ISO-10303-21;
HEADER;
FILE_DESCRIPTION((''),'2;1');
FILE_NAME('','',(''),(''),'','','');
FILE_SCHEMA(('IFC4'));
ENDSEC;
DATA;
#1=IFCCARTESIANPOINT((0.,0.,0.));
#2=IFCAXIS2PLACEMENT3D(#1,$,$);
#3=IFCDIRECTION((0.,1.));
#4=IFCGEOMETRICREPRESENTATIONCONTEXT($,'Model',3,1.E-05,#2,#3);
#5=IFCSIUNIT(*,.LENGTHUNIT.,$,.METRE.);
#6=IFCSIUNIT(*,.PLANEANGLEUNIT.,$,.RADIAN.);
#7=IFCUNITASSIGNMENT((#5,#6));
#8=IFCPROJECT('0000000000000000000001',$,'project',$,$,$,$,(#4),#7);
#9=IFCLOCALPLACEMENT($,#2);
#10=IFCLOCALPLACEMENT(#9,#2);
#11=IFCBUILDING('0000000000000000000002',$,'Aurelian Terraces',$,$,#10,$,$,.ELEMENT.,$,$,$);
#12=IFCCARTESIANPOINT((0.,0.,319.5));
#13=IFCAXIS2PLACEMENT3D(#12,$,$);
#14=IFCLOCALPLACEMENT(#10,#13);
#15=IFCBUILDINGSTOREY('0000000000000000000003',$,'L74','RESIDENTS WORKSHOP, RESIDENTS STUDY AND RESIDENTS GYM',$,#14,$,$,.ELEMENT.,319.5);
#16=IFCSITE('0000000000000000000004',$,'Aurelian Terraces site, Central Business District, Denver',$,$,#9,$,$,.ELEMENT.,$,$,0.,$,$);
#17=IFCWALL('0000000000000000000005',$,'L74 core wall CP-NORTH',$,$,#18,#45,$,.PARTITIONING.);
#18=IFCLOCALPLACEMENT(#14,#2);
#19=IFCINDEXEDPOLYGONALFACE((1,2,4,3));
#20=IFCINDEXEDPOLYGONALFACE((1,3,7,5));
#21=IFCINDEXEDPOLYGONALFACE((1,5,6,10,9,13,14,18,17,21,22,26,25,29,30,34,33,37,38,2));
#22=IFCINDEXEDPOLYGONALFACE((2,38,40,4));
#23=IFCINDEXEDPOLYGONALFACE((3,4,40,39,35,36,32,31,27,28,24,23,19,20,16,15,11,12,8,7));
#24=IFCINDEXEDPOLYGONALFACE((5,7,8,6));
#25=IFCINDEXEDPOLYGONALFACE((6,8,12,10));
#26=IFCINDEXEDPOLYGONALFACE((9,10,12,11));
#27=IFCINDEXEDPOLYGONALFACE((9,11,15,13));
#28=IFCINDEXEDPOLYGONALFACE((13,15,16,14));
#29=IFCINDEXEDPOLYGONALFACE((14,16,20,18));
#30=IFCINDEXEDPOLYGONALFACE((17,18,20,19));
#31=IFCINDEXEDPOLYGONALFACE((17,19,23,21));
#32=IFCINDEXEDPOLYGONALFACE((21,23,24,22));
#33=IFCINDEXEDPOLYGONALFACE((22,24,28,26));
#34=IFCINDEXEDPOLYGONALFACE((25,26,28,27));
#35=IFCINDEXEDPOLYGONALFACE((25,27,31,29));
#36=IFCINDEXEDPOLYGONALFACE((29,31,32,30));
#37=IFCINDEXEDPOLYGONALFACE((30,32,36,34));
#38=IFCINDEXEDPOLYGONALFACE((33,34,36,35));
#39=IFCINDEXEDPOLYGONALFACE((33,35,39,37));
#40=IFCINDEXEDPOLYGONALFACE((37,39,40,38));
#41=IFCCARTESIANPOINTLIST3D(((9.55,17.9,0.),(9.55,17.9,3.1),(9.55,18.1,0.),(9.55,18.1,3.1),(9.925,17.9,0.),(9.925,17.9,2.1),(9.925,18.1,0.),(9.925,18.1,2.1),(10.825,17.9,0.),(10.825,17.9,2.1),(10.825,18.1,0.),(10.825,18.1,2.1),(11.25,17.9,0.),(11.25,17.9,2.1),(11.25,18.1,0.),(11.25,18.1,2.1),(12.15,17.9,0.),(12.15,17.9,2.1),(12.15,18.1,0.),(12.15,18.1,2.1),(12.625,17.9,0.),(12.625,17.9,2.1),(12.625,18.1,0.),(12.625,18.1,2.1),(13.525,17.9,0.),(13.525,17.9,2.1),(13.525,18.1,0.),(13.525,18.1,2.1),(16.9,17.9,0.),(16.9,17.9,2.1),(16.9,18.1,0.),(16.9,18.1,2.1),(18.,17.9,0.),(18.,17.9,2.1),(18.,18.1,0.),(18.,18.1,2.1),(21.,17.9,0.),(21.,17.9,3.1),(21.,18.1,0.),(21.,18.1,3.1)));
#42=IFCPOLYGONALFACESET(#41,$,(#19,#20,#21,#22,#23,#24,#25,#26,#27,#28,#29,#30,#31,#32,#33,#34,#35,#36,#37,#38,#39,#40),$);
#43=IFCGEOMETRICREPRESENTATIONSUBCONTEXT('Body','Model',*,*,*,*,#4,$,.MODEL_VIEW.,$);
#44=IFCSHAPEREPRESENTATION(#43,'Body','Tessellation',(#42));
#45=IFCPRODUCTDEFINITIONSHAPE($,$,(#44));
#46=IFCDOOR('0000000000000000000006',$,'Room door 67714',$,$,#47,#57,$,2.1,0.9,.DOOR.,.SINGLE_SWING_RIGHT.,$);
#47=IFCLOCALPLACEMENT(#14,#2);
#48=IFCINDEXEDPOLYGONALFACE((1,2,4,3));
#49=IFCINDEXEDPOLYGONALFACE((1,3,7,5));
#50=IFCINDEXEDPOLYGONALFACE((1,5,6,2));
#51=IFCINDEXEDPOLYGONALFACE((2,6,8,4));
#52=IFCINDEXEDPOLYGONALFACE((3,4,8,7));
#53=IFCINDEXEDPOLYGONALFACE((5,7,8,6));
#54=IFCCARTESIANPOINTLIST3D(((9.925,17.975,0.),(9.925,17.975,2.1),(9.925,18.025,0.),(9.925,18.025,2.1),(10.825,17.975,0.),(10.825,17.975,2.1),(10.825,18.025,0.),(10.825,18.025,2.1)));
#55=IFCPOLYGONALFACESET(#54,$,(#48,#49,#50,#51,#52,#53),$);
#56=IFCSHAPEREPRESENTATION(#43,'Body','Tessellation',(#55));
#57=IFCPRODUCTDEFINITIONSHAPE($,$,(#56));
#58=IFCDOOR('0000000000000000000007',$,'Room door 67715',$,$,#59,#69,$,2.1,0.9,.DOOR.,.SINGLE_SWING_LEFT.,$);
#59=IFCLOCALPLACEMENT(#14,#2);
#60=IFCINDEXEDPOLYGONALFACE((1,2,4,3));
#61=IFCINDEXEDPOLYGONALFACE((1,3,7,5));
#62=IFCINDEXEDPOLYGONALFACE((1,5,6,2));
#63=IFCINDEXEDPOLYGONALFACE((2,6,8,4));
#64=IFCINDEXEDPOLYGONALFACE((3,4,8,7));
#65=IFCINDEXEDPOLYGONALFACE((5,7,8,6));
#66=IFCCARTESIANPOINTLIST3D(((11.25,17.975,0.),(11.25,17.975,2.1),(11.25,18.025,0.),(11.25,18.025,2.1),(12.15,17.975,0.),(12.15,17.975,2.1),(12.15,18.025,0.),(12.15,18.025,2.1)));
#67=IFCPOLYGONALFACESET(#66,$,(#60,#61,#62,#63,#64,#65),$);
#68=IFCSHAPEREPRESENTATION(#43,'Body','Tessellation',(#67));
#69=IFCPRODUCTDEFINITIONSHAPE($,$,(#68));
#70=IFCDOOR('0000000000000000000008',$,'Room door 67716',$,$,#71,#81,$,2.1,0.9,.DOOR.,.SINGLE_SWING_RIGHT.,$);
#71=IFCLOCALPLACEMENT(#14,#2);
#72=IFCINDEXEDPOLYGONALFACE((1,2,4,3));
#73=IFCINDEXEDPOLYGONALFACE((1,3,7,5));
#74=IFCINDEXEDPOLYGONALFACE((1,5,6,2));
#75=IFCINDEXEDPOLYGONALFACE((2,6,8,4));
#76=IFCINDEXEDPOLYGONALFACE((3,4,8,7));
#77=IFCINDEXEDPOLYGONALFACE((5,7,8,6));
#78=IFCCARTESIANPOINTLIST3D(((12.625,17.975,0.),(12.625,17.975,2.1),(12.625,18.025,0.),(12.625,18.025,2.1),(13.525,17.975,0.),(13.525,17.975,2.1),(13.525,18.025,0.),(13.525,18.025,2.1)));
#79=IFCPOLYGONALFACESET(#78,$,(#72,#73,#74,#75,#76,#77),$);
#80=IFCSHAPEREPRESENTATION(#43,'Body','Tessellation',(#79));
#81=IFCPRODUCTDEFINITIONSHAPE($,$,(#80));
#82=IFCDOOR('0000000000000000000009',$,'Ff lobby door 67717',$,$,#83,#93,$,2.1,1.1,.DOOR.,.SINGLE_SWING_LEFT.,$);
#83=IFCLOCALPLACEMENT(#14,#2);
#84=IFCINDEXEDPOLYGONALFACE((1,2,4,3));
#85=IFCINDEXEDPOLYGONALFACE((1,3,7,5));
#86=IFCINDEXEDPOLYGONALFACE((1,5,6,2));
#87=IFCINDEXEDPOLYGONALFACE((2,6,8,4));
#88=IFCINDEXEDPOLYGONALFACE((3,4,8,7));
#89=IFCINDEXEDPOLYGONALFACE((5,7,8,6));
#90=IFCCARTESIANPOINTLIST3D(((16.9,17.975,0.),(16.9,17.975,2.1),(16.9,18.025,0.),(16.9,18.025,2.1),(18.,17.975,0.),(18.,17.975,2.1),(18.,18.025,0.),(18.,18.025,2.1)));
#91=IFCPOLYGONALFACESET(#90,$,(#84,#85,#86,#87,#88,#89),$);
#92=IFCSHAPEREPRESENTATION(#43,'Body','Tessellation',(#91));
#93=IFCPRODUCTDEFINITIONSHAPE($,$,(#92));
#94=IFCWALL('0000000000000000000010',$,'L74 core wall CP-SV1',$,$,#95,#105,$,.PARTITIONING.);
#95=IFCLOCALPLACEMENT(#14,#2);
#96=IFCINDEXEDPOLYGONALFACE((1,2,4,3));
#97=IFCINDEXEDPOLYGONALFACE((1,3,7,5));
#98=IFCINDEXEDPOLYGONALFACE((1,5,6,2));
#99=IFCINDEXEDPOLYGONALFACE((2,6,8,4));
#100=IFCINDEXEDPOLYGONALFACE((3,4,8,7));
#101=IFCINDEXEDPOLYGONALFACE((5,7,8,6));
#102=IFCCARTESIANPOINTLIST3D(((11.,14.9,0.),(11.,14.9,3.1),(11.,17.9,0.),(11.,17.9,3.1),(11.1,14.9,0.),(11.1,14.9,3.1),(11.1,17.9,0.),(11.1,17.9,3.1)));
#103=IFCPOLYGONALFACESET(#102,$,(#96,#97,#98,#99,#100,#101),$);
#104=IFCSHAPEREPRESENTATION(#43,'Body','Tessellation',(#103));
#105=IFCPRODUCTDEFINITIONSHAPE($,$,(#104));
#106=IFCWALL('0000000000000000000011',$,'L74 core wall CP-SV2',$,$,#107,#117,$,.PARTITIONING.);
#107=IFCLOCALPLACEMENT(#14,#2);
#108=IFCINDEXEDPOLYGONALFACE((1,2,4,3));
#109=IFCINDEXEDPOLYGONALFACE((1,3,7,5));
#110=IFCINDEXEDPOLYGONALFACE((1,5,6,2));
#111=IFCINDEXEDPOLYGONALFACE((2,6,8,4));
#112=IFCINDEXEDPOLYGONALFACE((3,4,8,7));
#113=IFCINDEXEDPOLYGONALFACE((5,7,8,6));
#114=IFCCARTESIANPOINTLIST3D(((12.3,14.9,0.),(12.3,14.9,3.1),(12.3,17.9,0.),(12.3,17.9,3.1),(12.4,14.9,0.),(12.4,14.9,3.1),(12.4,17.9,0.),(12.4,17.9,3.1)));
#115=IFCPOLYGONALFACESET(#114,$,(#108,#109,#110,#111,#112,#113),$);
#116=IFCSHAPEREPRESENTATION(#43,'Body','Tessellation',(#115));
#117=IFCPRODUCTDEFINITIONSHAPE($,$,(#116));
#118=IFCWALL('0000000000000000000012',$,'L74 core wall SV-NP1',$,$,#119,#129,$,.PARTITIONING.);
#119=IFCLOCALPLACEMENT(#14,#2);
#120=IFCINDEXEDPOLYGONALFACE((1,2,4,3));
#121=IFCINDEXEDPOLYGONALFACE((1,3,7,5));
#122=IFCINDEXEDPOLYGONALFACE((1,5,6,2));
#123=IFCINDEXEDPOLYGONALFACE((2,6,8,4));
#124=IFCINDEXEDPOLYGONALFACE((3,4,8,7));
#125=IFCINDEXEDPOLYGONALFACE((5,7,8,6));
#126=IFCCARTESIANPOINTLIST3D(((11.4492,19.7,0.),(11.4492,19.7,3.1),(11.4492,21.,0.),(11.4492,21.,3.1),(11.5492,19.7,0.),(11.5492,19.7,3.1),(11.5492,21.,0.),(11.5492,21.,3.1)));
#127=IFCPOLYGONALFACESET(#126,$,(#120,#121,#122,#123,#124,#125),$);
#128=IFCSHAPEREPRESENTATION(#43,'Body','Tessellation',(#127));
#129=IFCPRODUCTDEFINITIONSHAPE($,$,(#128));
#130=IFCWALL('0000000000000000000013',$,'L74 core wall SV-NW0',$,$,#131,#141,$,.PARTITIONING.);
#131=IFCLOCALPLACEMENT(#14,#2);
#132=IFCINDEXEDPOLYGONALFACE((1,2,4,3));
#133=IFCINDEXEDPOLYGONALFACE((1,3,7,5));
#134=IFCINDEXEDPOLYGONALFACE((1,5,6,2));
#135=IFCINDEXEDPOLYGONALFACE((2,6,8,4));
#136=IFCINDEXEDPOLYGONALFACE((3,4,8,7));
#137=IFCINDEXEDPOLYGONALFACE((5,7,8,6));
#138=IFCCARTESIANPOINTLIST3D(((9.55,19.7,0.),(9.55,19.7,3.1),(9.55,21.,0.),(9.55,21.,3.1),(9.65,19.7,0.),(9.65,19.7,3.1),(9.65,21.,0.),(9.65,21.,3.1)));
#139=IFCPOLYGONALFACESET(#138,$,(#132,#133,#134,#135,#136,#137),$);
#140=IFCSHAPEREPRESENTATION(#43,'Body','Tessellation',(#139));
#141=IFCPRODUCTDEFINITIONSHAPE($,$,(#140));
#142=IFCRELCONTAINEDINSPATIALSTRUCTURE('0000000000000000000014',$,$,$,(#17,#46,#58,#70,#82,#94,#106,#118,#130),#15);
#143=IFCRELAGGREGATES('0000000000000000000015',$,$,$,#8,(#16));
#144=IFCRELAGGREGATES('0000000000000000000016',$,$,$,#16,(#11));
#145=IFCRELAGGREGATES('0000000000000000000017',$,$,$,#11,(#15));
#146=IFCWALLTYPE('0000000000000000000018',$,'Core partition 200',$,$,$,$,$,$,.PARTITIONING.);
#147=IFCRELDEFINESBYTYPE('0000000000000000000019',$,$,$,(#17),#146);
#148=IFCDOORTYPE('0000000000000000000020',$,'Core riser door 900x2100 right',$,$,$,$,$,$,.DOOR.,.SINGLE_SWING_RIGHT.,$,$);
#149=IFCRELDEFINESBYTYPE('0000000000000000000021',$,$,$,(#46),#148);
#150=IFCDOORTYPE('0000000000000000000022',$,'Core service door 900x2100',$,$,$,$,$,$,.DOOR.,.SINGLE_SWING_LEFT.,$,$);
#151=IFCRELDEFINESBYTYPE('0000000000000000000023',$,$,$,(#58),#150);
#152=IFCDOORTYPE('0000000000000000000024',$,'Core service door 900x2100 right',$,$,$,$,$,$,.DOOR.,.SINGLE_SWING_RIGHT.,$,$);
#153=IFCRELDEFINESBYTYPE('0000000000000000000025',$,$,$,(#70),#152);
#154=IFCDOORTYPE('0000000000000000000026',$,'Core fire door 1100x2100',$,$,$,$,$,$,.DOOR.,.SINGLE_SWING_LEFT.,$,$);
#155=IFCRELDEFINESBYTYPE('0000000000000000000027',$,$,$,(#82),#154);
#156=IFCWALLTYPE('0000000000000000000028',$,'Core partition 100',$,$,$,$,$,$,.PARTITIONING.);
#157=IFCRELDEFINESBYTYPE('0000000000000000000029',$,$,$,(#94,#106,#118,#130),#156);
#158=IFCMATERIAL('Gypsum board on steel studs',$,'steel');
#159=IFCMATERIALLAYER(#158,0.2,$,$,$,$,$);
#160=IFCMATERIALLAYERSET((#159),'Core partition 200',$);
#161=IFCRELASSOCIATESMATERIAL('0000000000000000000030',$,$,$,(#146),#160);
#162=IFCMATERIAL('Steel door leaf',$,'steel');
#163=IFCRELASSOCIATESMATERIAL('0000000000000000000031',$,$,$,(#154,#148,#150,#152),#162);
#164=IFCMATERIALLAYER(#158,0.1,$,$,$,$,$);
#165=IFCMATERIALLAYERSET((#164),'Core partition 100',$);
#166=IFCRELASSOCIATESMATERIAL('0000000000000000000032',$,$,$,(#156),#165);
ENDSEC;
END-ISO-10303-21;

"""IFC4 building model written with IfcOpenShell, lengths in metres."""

from ifc_helpers import new_model, si_unit, direction, frame, frame_2d, origin, place, context, subcontext, project, spatial, rectangle, extrude, source, transform, mapped, material, layer, layer_set, type_object, element, fill, save


model = new_model("IFC4")

# Units and contexts
model_context = context("Model", 3, precision=1e-05, world=origin(), true_north=direction((0.0, 1.0)))
body_context = subcontext(model_context, "Body", "Model", "MODEL_VIEW")
ifc_project = project(units=[si_unit("LENGTHUNIT", "METRE"), si_unit("PLANEANGLEUNIT", "RADIAN")], contexts=[model_context])

# Site, building, storey
site_placement = place(None, origin())
site = spatial("IfcSite", under=ifc_project, at=site_placement, Name="Aurelian Terraces site, Central Business District, Denver", CompositionType="ELEMENT", RefElevation=0.0)
building_placement = place(site_placement, origin())
building = spatial("IfcBuilding", under=site, at=building_placement, Name="Aurelian Terraces", CompositionType="ELEMENT")
storey_placement = place(building_placement, frame((0.0, 0.0, 319.5)))
storey = spatial("IfcBuildingStorey", under=building, at=storey_placement, Name="L74", Description="RESIDENTS WORKSHOP, RESIDENTS STUDY AND RESIDENTS GYM", CompositionType="ELEMENT", Elevation=319.5)

# Shared definitions
shared_shape_1 = source(origin(), body_context, "Body", "SweptSolid", [
    extrude(rectangle(XDim=1.1, YDim=2.1, at=frame_2d((0.55, 1.05))), frame((0.0, 0.11, 0.0), z_axis=(0.0, -1.0, 0.0), x_axis=(1.0, 0.0, 0.0)), (0.0, 0.0, 1.0), 0.22),
])
shared_shape_2 = source(origin(), body_context, "Body", "SweptSolid", [
    extrude(rectangle(XDim=1.1, YDim=2.1, at=frame_2d((0.55, 1.05))), frame((0.0, 0.025, 0.0), z_axis=(0.0, -1.0, 0.0), x_axis=(1.0, 0.0, 0.0)), (0.0, 0.0, 1.0), 0.05),
])

# Shared definitions
ifc_material_1 = material(Name="Gypsum board on steel studs", Category="steel")
ifc_layer_1 = layer(ifc_material_1, 0.2)
ifc_layer_set_1 = layer_set([ifc_layer_1], Name="Core partition 200")
wall_type_1 = type_object("IfcWallType", Name="Core partition 200", PredefinedType="PARTITIONING", material=ifc_layer_set_1)

# Shared definitions
ifc_material_2 = material(Name="Steel door leaf", Category="steel")
door_type_1 = type_object("IfcDoorType", Name="Core fire door 1100x2100", OperationType="SINGLE_SWING_LEFT", PredefinedType="DOOR", material=ifc_material_2)

# Wall, openings, doors
shared_shape_3 = source(origin(), body_context, "Body", "SweptSolid", [
    extrude(rectangle(XDim=11.45, YDim=0.2, at=frame_2d((5.725, 0.0))), origin(), (0.0, 0.0, 1.0), 3.1),
])
wall_1_placement = place(storey_placement, frame((9.55, 18.0, 0.0), z_axis=(0.0, 0.0, 1.0), x_axis=(1.0, 0.0, 0.0)))
wall_1 = element("IfcWall", 1, at=wall_1_placement, inside=storey, type_object=wall_type_1, Name="L74 core wall CP-NORTH", PredefinedType="PARTITIONING", context=body_context, shape_type="MappedRepresentation", body=[
    mapped(shared_shape_3, transform((0.0, 0.0, 0.0), scale=1.0)),
])
shared_shape_4 = source(origin(), body_context, "Body", "SweptSolid", [
    extrude(rectangle(XDim=0.9, YDim=2.1, at=frame_2d((0.45, 1.05))), frame((0.0, 0.11, 0.0), z_axis=(0.0, -1.0, 0.0), x_axis=(1.0, 0.0, 0.0)), (0.0, 0.0, 1.0), 0.22),
])
opening_1_placement = place(wall_1_placement, frame((0.375, 0.0, 0.0)))
opening_1 = element("IfcOpeningElement", 2, at=opening_1_placement, cuts=wall_1, PredefinedType="OPENING", context=body_context, shape_type="MappedRepresentation", body=[
    mapped(shared_shape_4, transform((0.0, 0.0, 0.0), scale=1.0)),
])
opening_2_placement = place(wall_1_placement, frame((1.7, 0.0, 0.0)))
opening_2 = element("IfcOpeningElement", 3, at=opening_2_placement, cuts=wall_1, PredefinedType="OPENING", context=body_context, shape_type="MappedRepresentation", body=[
    mapped(shared_shape_4, transform((0.0, 0.0, 0.0), scale=1.0)),
])
opening_3_placement = place(wall_1_placement, frame((3.075, 0.0, 0.0)))
opening_3 = element("IfcOpeningElement", 4, at=opening_3_placement, cuts=wall_1, PredefinedType="OPENING", context=body_context, shape_type="MappedRepresentation", body=[
    mapped(shared_shape_4, transform((0.0, 0.0, 0.0), scale=1.0)),
])
opening_4_placement = place(wall_1_placement, frame((7.35, 0.0, 0.0)))
opening_4 = element("IfcOpeningElement", 5, at=opening_4_placement, cuts=wall_1, PredefinedType="OPENING", context=body_context, shape_type="MappedRepresentation", body=[
    mapped(shared_shape_1, transform((0.0, 0.0, 0.0), scale=1.0)),
])
door_type_2 = type_object("IfcDoorType", Name="Core riser door 900x2100 right", OperationType="SINGLE_SWING_RIGHT", PredefinedType="DOOR", material=ifc_material_2)
shared_shape_5 = source(origin(), body_context, "Body", "SweptSolid", [
    extrude(rectangle(XDim=0.9, YDim=2.1, at=frame_2d((0.45, 1.05))), frame((0.0, 0.025, 0.0), z_axis=(0.0, -1.0, 0.0), x_axis=(1.0, 0.0, 0.0)), (0.0, 0.0, 1.0), 0.05),
])
door_1_placement = place(opening_1_placement, origin())
door_1 = element("IfcDoor", 6, at=door_1_placement, inside=storey, type_object=door_type_2, Name="Room door 67714", OperationType="SINGLE_SWING_RIGHT", OverallHeight=2.1, OverallWidth=0.9, PredefinedType="DOOR", context=body_context, shape_type="MappedRepresentation", body=[
    mapped(shared_shape_5, transform((0.0, 0.0, 0.0), scale=1.0)),
])
fill(opening_1, door_1)
door_type_3 = type_object("IfcDoorType", Name="Core service door 900x2100", OperationType="SINGLE_SWING_LEFT", PredefinedType="DOOR", material=ifc_material_2)
door_2_placement = place(opening_2_placement, origin())
door_2 = element("IfcDoor", 7, at=door_2_placement, inside=storey, type_object=door_type_3, Name="Room door 67715", OperationType="SINGLE_SWING_LEFT", OverallHeight=2.1, OverallWidth=0.9, PredefinedType="DOOR", context=body_context, shape_type="MappedRepresentation", body=[
    mapped(shared_shape_5, transform((0.0, 0.0, 0.0), scale=1.0)),
])
fill(opening_2, door_2)
door_type_4 = type_object("IfcDoorType", Name="Core service door 900x2100 right", OperationType="SINGLE_SWING_RIGHT", PredefinedType="DOOR", material=ifc_material_2)
door_3_placement = place(opening_3_placement, origin())
door_3 = element("IfcDoor", 8, at=door_3_placement, inside=storey, type_object=door_type_4, Name="Room door 67716", OperationType="SINGLE_SWING_RIGHT", OverallHeight=2.1, OverallWidth=0.9, PredefinedType="DOOR", context=body_context, shape_type="MappedRepresentation", body=[
    mapped(shared_shape_5, transform((0.0, 0.0, 0.0), scale=1.0)),
])
fill(opening_3, door_3)
door_4_placement = place(opening_4_placement, origin())
door_4 = element("IfcDoor", 9, at=door_4_placement, inside=storey, type_object=door_type_1, Name="Ff lobby door 67717", OperationType="SINGLE_SWING_LEFT", OverallHeight=2.1, OverallWidth=1.1, PredefinedType="DOOR", context=body_context, shape_type="MappedRepresentation", body=[
    mapped(shared_shape_2, transform((0.0, 0.0, 0.0), scale=1.0)),
])
fill(opening_4, door_4)

# Walls
ifc_layer_2 = layer(ifc_material_1, 0.1)
ifc_layer_set_2 = layer_set([ifc_layer_2], Name="Core partition 100")
wall_type_2 = type_object("IfcWallType", Name="Core partition 100", PredefinedType="PARTITIONING", material=ifc_layer_set_2)
shared_shape_6 = source(origin(), body_context, "Body", "SweptSolid", [
    extrude(rectangle(XDim=3.0, YDim=0.1, at=frame_2d((1.5, 0.0))), origin(), (0.0, 0.0, 1.0), 3.1),
])
for number, where, z_axis, x_axis, name in (
    (10, (11.05, 14.9, 0.0), (0.0, 0.0, 1.0), (0.0, 1.0, 0.0), "L74 core wall CP-SV1"),
    (11, (12.35, 14.9, 0.0), (0.0, 0.0, 1.0), (0.0, 1.0, 0.0), "L74 core wall CP-SV2"),
):
    element("IfcWall", number, at=place(storey_placement, frame(where, z_axis=z_axis, x_axis=x_axis)), inside=storey, type_object=wall_type_2, Name=name, PredefinedType="PARTITIONING", context=body_context, shape_type="MappedRepresentation", body=[
        mapped(shared_shape_6, transform((0.0, 0.0, 0.0), scale=1.0)),
    ])
shared_shape_7 = source(origin(), body_context, "Body", "SweptSolid", [
    extrude(rectangle(XDim=1.3, YDim=0.1, at=frame_2d((0.65, 0.0))), origin(), (0.0, 0.0, 1.0), 3.1),
])
for number, where, z_axis, x_axis, name in (
    (12, (11.4992, 19.7, 0.0), (0.0, 0.0, 1.0), (0.0, 1.0, 0.0), "L74 core wall SV-NP1"),
    (13, (9.6, 19.7, 0.0), (0.0, 0.0, 1.0), (0.0, 1.0, 0.0), "L74 core wall SV-NW0"),
):
    element("IfcWall", number, at=place(storey_placement, frame(where, z_axis=z_axis, x_axis=x_axis)), inside=storey, type_object=wall_type_2, Name=name, PredefinedType="PARTITIONING", context=body_context, shape_type="MappedRepresentation", body=[
        mapped(shared_shape_7, transform((0.0, 0.0, 0.0), scale=1.0)),
    ])

save(model, "model.ifc")
